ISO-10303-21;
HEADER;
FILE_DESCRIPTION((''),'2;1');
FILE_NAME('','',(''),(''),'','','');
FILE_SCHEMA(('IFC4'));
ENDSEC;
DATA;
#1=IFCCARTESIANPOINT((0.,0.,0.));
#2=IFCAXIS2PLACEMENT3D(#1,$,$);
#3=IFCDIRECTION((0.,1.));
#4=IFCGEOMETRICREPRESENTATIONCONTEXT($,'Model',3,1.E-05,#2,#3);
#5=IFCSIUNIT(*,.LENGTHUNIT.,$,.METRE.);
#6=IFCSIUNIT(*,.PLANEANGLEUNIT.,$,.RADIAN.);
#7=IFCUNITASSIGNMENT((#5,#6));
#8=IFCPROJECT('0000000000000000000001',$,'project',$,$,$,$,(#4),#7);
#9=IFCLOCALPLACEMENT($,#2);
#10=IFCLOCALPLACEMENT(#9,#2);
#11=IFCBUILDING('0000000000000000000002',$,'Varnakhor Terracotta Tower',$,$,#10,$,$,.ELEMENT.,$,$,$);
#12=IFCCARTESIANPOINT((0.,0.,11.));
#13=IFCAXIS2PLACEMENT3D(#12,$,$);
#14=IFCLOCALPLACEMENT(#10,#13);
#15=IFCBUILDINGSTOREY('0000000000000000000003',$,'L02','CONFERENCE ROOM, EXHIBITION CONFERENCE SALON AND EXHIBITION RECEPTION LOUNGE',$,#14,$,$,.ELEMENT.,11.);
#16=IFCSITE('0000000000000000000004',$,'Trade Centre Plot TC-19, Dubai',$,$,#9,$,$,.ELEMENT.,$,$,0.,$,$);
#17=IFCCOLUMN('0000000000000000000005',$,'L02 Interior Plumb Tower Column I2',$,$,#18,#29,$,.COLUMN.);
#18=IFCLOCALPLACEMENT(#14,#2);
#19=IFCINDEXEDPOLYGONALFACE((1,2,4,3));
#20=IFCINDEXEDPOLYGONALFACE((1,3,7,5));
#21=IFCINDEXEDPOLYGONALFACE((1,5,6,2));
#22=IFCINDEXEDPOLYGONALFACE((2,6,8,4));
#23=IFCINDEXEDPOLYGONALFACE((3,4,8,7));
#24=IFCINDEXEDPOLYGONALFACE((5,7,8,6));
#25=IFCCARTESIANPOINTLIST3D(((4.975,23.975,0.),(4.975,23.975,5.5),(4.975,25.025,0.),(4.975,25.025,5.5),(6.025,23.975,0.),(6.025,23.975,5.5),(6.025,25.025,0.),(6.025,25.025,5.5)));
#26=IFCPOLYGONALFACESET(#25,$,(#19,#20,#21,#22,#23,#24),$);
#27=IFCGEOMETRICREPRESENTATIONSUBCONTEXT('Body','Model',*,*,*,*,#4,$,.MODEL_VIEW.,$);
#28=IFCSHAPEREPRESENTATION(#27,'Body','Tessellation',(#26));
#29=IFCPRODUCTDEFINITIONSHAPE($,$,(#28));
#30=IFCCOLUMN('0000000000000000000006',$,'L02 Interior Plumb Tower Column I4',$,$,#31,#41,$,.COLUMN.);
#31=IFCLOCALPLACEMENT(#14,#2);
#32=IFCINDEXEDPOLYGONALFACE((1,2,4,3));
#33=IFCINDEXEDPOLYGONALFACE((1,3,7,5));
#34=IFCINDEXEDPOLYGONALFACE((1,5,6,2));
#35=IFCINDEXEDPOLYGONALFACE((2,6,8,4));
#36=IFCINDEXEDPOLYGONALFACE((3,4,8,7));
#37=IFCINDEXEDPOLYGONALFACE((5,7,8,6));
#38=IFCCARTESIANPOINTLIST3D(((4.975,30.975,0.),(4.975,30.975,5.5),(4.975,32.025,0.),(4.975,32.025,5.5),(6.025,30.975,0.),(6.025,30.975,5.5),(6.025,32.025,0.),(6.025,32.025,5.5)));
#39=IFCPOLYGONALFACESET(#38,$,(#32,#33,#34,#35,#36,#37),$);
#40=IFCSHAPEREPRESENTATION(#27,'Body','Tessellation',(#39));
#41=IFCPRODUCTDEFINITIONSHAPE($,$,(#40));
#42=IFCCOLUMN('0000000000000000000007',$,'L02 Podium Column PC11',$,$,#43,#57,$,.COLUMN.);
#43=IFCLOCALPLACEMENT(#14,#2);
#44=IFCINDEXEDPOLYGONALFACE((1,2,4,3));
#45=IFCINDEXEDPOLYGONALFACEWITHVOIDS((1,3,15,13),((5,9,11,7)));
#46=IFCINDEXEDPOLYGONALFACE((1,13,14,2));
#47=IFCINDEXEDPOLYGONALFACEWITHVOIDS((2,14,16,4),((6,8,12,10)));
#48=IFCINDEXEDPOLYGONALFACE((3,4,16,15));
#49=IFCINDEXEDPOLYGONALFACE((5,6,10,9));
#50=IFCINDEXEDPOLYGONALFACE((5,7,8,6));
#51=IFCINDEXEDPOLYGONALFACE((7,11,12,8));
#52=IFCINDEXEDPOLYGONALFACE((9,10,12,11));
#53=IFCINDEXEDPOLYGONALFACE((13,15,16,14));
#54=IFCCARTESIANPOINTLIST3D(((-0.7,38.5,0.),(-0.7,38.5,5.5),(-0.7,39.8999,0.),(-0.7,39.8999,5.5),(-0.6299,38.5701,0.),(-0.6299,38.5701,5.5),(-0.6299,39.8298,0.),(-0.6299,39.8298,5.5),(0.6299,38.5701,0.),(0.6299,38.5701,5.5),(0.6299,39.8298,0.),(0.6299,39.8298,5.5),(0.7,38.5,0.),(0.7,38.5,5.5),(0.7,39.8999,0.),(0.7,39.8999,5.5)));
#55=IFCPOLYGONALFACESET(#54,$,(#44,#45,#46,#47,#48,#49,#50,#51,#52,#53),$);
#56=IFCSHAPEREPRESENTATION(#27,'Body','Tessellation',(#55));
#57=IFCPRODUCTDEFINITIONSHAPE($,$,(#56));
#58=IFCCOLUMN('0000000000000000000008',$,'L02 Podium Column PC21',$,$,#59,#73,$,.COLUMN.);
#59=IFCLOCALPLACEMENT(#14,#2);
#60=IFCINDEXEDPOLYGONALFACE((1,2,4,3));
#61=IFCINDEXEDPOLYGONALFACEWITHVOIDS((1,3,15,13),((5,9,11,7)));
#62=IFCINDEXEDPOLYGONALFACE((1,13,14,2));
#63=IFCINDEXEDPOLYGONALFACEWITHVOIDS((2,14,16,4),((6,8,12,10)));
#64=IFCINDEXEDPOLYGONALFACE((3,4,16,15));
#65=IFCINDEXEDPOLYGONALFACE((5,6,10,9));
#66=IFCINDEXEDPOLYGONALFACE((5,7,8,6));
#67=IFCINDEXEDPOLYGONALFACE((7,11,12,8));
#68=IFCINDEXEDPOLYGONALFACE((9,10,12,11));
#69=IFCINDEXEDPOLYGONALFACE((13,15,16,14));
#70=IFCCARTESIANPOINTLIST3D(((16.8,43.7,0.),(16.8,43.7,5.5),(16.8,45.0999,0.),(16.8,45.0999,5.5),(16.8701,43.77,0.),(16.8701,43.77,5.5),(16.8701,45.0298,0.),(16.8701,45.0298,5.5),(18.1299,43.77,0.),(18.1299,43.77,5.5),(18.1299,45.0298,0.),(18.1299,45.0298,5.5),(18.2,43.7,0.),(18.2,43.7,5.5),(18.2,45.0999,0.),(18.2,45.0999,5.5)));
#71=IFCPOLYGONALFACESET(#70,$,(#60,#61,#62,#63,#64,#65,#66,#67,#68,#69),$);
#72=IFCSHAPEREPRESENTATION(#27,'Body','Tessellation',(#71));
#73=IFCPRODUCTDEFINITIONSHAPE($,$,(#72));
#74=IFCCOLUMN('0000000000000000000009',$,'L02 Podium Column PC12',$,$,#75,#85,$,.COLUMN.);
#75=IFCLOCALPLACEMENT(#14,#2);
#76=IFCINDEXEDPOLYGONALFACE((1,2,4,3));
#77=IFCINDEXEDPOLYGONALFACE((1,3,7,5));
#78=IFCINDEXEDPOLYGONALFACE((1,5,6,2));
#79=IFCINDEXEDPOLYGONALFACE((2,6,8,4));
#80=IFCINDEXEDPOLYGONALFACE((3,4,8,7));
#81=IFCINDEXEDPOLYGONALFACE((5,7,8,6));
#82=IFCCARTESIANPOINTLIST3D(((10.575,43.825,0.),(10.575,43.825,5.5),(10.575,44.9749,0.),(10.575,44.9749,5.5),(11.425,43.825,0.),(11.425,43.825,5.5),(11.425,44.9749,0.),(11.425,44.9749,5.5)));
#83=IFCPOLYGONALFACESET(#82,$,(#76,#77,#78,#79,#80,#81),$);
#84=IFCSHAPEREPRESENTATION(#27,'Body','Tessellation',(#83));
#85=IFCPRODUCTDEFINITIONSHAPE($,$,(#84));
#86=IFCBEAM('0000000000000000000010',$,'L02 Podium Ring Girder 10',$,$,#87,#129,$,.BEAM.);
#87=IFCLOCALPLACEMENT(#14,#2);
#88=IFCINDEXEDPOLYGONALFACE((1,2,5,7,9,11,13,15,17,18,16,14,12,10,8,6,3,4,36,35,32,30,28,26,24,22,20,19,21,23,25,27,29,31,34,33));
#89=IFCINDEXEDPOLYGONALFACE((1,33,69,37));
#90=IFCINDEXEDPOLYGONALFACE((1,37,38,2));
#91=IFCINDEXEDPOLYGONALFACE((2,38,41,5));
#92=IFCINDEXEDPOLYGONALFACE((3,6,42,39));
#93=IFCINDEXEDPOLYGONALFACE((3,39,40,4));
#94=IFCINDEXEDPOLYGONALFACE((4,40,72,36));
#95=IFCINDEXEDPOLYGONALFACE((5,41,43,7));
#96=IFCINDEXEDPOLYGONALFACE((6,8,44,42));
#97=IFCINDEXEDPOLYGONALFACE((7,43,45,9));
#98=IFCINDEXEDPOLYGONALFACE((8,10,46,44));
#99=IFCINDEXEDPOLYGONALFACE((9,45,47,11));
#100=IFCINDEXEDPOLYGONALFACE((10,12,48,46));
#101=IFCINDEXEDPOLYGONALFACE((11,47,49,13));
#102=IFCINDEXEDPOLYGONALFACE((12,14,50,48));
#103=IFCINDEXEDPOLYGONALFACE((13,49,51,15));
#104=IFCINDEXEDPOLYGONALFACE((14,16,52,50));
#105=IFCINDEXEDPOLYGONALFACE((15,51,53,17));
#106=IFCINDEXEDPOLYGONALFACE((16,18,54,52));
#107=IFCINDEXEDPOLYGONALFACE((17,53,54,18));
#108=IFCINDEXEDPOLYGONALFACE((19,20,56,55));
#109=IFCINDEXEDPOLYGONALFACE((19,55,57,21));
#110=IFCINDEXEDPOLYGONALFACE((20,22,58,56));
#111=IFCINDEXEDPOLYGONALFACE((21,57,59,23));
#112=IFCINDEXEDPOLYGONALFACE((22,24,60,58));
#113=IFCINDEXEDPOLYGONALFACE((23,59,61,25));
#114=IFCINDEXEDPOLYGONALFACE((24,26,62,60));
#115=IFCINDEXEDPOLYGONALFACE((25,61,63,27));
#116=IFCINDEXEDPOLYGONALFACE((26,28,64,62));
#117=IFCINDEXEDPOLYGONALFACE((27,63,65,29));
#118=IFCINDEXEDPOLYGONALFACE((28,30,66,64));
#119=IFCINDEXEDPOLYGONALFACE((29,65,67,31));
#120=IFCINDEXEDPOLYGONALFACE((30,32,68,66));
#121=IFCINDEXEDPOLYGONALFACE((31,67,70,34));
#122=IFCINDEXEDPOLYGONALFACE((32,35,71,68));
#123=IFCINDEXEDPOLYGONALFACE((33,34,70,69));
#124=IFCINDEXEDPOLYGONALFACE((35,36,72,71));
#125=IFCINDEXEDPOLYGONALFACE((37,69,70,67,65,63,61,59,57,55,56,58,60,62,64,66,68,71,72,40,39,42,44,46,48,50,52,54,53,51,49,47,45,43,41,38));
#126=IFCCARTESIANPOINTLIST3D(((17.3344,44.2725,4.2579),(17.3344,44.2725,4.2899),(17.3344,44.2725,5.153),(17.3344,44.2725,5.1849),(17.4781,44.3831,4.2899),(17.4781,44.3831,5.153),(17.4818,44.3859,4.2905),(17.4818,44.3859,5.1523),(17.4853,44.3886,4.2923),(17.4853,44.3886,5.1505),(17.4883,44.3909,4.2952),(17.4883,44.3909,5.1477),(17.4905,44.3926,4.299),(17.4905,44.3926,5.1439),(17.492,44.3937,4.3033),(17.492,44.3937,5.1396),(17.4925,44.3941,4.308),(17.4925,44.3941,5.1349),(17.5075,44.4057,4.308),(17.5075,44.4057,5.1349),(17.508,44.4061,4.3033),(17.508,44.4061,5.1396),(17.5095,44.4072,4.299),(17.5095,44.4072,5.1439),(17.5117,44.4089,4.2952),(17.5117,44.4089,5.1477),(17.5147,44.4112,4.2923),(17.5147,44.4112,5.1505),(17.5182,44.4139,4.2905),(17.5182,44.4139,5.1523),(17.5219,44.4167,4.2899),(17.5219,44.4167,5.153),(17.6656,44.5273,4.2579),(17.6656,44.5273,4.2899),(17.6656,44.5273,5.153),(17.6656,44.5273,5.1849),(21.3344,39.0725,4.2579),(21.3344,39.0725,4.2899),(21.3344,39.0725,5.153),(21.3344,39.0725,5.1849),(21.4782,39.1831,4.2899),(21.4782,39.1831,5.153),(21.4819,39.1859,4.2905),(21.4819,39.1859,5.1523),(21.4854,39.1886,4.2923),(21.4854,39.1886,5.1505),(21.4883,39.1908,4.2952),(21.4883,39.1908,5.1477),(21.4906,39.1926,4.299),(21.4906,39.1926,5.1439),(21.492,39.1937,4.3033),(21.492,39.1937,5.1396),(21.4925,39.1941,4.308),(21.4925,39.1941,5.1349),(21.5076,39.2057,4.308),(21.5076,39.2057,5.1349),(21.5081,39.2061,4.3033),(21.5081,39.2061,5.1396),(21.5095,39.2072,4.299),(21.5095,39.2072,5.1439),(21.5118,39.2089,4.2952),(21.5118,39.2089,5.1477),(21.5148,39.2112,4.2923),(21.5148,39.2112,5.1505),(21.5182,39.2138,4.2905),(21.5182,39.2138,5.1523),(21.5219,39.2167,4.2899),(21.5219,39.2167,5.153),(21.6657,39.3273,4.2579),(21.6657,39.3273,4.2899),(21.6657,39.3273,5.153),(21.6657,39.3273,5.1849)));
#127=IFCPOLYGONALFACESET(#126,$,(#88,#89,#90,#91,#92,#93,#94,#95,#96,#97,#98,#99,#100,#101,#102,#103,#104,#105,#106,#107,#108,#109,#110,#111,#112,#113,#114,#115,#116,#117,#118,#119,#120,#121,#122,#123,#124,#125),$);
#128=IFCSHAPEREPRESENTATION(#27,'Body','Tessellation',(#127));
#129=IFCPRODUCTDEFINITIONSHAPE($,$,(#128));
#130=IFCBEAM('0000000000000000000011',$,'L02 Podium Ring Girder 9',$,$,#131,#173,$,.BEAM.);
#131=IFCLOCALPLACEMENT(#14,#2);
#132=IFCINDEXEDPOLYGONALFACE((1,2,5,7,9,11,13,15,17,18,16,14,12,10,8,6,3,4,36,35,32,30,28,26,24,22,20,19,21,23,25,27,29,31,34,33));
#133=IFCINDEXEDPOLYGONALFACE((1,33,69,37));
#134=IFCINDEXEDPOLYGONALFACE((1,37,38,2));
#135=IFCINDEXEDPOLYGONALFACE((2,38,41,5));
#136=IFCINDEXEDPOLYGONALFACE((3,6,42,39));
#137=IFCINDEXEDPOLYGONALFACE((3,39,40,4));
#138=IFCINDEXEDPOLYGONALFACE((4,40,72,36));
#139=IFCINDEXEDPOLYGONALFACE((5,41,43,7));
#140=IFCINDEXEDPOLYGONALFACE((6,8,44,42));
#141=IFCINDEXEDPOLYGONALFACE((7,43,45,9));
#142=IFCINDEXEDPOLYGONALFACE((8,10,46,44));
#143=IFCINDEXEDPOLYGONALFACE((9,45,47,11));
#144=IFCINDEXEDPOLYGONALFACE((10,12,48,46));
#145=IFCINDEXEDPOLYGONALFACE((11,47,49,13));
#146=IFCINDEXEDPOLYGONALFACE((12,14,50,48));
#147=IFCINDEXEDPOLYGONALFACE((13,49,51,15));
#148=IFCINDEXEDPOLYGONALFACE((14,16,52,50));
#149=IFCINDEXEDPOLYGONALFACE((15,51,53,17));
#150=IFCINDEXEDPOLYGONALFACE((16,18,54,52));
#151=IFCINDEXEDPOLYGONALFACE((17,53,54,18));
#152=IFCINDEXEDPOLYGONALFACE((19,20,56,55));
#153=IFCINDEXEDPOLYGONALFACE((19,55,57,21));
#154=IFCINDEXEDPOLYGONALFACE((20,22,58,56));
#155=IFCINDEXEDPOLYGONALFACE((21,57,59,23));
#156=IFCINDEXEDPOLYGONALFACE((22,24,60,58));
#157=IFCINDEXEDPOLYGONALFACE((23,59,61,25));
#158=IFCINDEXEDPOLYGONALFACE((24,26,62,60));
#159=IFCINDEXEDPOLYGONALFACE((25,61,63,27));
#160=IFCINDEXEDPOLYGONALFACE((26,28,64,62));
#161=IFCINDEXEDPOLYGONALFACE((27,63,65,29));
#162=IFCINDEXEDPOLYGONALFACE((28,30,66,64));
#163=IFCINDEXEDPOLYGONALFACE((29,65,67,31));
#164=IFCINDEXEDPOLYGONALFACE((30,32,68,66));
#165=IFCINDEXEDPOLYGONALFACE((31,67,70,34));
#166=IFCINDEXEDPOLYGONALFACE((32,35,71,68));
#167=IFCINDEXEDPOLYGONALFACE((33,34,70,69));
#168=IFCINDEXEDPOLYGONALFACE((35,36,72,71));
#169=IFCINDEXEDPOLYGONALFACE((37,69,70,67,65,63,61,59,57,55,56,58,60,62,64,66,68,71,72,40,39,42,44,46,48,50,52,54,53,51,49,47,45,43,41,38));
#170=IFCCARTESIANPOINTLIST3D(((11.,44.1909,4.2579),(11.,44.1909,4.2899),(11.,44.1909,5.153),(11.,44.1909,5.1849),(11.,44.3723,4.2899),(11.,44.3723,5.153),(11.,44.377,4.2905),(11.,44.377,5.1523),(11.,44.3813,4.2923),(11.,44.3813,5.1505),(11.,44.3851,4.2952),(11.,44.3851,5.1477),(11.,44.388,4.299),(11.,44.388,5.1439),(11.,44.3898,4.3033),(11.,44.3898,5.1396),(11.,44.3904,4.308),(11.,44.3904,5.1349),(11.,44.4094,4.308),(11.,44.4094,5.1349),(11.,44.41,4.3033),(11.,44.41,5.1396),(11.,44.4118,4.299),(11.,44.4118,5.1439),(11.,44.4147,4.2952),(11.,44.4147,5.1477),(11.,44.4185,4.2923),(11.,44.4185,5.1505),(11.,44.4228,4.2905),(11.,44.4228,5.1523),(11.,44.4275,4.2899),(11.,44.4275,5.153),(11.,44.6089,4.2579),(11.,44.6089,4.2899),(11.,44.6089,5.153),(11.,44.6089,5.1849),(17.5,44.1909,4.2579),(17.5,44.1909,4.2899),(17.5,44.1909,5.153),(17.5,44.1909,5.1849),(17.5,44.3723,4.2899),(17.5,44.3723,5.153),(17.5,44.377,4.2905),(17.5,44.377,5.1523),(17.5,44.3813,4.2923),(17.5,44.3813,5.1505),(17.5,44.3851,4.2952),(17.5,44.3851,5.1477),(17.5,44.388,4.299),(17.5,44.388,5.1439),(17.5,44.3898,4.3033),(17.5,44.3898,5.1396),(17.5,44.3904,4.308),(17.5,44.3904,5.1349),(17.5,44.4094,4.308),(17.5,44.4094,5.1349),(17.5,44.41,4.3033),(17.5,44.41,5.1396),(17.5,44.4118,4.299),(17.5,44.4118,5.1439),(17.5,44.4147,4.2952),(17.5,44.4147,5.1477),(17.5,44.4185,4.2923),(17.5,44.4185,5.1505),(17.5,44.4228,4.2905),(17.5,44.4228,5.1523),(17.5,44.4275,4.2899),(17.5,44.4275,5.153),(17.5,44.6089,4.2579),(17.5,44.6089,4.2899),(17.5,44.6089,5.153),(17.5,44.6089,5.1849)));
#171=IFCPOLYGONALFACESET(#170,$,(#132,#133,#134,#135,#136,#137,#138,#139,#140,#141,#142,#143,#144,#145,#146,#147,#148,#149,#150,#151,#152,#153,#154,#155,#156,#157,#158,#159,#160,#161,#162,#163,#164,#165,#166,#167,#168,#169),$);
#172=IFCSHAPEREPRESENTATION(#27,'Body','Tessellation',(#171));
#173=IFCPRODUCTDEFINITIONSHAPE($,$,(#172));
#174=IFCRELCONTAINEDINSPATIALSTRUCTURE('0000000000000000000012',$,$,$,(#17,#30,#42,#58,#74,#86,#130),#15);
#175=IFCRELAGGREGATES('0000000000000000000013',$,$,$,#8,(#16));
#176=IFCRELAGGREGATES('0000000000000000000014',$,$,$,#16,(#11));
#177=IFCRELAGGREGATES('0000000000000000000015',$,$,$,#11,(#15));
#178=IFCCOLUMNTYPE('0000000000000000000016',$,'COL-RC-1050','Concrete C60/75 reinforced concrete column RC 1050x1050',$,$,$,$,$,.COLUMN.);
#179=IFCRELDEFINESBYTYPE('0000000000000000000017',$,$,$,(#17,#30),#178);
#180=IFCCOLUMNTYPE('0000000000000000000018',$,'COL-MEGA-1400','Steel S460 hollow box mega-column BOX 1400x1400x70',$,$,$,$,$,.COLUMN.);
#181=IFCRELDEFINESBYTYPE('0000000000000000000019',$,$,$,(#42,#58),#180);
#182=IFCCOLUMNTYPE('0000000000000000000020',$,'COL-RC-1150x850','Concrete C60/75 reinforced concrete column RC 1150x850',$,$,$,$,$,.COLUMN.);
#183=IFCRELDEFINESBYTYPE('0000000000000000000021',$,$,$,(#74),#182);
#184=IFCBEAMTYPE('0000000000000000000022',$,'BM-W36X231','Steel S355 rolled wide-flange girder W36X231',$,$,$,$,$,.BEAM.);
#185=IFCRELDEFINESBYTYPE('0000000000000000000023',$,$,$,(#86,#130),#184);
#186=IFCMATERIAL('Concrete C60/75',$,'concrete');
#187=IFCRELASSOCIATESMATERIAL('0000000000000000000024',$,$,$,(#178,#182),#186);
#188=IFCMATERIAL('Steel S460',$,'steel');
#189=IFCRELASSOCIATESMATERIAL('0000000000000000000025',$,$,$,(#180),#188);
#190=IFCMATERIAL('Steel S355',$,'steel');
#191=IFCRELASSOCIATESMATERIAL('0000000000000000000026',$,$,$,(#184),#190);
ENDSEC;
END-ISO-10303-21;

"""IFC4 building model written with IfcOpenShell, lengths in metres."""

from ifc_helpers import new_model, si_unit, direction, frame, origin, origin_2d, place, context, subcontext, project, spatial, rectangle, hollow_rectangle, i_section, extrude, source, transform, mapped, material, material_profile, profile_set, type_object, type_shapes, element, save


model = new_model("IFC4")

# Units and contexts
model_context = context("Model", 3, precision=1e-05, world=origin(), true_north=direction((0.0, 1.0)))
body_context = subcontext(model_context, "Body", "Model", "MODEL_VIEW")
ifc_project = project(units=[si_unit("LENGTHUNIT", "METRE"), si_unit("PLANEANGLEUNIT", "RADIAN")], contexts=[model_context])

# Site, building, storey
site_placement = place(None, origin())
site = spatial("IfcSite", under=ifc_project, at=site_placement, Name="Trade Centre Plot TC-19, Dubai", CompositionType="ELEMENT", RefElevation=0.0)
building_placement = place(site_placement, origin())
building = spatial("IfcBuilding", under=site, at=building_placement, Name="Varnakhor Terracotta Tower", CompositionType="ELEMENT")
storey_placement = place(building_placement, frame((0.0, 0.0, 11.0)))
storey = spatial("IfcBuildingStorey", under=building, at=storey_placement, Name="L02", Description="CONFERENCE ROOM, EXHIBITION CONFERENCE SALON AND EXHIBITION RECEPTION LOUNGE", CompositionType="ELEMENT", Elevation=11.0)

# Columns
ifc_material_1 = material(Name="Concrete C60/75", Category="concrete")
ifc_material_profile_1 = material_profile(ifc_material_1, rectangle(XDim=1.05, YDim=1.05, at=origin_2d()), Name="RC 1050x1050")
ifc_profile_set_1 = profile_set([ifc_material_profile_1], Name="Concrete C60/75")
column_type_1 = type_object("IfcColumnType", Name="COL-RC-1050", Description="Concrete C60/75 reinforced concrete column RC 1050x1050", PredefinedType="COLUMN", material=ifc_profile_set_1)
shared_shape_1 = source(origin(), body_context, "Body", "SweptSolid", [
    extrude(rectangle(XDim=1.05, YDim=1.05, at=origin_2d()), origin(), (0.0, 0.0, 1.0), 5.5),
])
type_shapes(column_type_1, [shared_shape_1])
for number, where, z_axis, x_axis, name in (
    (1, (5.5, 24.5, 0.0), (0.0, 0.0, 1.0), (1.0, 0.0, 0.0), "L02 Interior Plumb Tower Column I2"),
    (2, (5.5, 31.5, 0.0), (0.0, 0.0, 1.0), (1.0, 0.0, 0.0), "L02 Interior Plumb Tower Column I4"),
):
    element("IfcColumn", number, at=place(storey_placement, frame(where, z_axis=z_axis, x_axis=x_axis)), inside=storey, type_object=column_type_1, Name=name, PredefinedType="COLUMN", context=body_context, shape_type="MappedRepresentation", body=[
        mapped(shared_shape_1, transform((0.0, 0.0, 0.0), scale=1.0)),
    ])
ifc_material_2 = material(Name="Steel S460", Category="steel")
ifc_material_profile_2 = material_profile(ifc_material_2, hollow_rectangle(XDim=1.3999, YDim=1.3999, WallThickness=0.0701, at=origin_2d()), Name="BOX 1400x1400x70")
ifc_profile_set_2 = profile_set([ifc_material_profile_2], Name="Steel S460")
column_type_2 = type_object("IfcColumnType", Name="COL-MEGA-1400", Description="Steel S460 hollow box mega-column BOX 1400x1400x70", PredefinedType="COLUMN", material=ifc_profile_set_2)
shared_shape_2 = source(origin(), body_context, "Body", "SweptSolid", [
    extrude(hollow_rectangle(XDim=1.3999, YDim=1.3999, WallThickness=0.0701, at=origin_2d()), origin(), (0.0, 0.0, 1.0), 5.5),
])
for number, where, z_axis, x_axis, name in (
    (3, (0.0, 39.2, 0.0), (0.0, 0.0, 1.0), (1.0, 0.0, 0.0), "L02 Podium Column PC11"),
    (4, (17.5, 44.3999, 0.0), (0.0, 0.0, 1.0), (1.0, 0.0, 0.0), "L02 Podium Column PC21"),
):
    element("IfcColumn", number, at=place(storey_placement, frame(where, z_axis=z_axis, x_axis=x_axis)), inside=storey, type_object=column_type_2, Name=name, PredefinedType="COLUMN", context=body_context, shape_type="MappedRepresentation", body=[
        mapped(shared_shape_2, transform((0.0, 0.0, 0.0), scale=1.0)),
    ])
ifc_material_profile_3 = material_profile(ifc_material_1, rectangle(XDim=0.8501, YDim=1.1499, at=origin_2d()), Name="RC 1150x850")
ifc_profile_set_3 = profile_set([ifc_material_profile_3], Name="Concrete C60/75")
column_type_3 = type_object("IfcColumnType", Name="COL-RC-1150x850", Description="Concrete C60/75 reinforced concrete column RC 1150x850", PredefinedType="COLUMN", material=ifc_profile_set_3)
shared_shape_3 = source(origin(), body_context, "Body", "SweptSolid", [
    extrude(rectangle(XDim=0.8501, YDim=1.1499, at=origin_2d()), origin(), (0.0, 0.0, 1.0), 5.5),
])
column_placement = place(storey_placement, frame((11.0, 44.3999, 0.0), z_axis=(0.0, 0.0, 1.0), x_axis=(1.0, 0.0, 0.0)))
element("IfcColumn", 5, at=column_placement, inside=storey, type_object=column_type_3, Name="L02 Podium Column PC12", PredefinedType="COLUMN", context=body_context, shape_type="MappedRepresentation", body=[
    mapped(shared_shape_3, transform((0.0, 0.0, 0.0), scale=1.0)),
])

# Beams
ifc_material_3 = material(Name="Steel S355", Category="steel")
ifc_material_profile_4 = material_profile(ifc_material_3, i_section(OverallWidth=0.418, OverallDepth=0.927, WebThickness=0.019, FlangeThickness=0.032, FilletRadius=0.0181, at=origin_2d()), Name="W36X231")
ifc_profile_set_4 = profile_set([ifc_material_profile_4], Name="Steel S355")
beam_type_1 = type_object("IfcBeamType", Name="BM-W36X231", Description="Steel S355 rolled wide-flange girder W36X231", PredefinedType="BEAM", material=ifc_profile_set_4)
shared_shape_4 = source(origin(), body_context, "Body", "SweptSolid", [
    extrude(i_section(OverallWidth=0.418, OverallDepth=0.927, WebThickness=0.019, FlangeThickness=0.032, FilletRadius=0.0181, at=origin_2d()), origin(), (0.0, 0.0, 1.0), 6.5605),
])
beam_1_placement = place(storey_placement, frame((17.5, 44.3999, 4.7214), z_axis=(0.609714, -0.792621, 0.0), x_axis=(0.792621, 0.609714, 0.0)))
element("IfcBeam", 6, at=beam_1_placement, inside=storey, type_object=beam_type_1, Name="L02 Podium Ring Girder 10", PredefinedType="BEAM", context=body_context, shape_type="MappedRepresentation", body=[
    mapped(shared_shape_4, transform((0.0, 0.0, 0.0), scale=1.0)),
])
shared_shape_5 = source(origin(), body_context, "Body", "SweptSolid", [
    extrude(i_section(OverallWidth=0.418, OverallDepth=0.927, WebThickness=0.019, FlangeThickness=0.032, FilletRadius=0.0181, at=origin_2d()), origin(), (0.0, 0.0, 1.0), 6.5),
])
beam_2_placement = place(storey_placement, frame((11.0, 44.3999, 4.7214), z_axis=(1.0, 0.0, 0.0), x_axis=(0.0, 1.0, 0.0)))
element("IfcBeam", 7, at=beam_2_placement, inside=storey, type_object=beam_type_1, Name="L02 Podium Ring Girder 9", PredefinedType="BEAM", context=body_context, shape_type="MappedRepresentation", body=[
    mapped(shared_shape_5, transform((0.0, 0.0, 0.0), scale=1.0)),
])

save(model, "model.ifc")
